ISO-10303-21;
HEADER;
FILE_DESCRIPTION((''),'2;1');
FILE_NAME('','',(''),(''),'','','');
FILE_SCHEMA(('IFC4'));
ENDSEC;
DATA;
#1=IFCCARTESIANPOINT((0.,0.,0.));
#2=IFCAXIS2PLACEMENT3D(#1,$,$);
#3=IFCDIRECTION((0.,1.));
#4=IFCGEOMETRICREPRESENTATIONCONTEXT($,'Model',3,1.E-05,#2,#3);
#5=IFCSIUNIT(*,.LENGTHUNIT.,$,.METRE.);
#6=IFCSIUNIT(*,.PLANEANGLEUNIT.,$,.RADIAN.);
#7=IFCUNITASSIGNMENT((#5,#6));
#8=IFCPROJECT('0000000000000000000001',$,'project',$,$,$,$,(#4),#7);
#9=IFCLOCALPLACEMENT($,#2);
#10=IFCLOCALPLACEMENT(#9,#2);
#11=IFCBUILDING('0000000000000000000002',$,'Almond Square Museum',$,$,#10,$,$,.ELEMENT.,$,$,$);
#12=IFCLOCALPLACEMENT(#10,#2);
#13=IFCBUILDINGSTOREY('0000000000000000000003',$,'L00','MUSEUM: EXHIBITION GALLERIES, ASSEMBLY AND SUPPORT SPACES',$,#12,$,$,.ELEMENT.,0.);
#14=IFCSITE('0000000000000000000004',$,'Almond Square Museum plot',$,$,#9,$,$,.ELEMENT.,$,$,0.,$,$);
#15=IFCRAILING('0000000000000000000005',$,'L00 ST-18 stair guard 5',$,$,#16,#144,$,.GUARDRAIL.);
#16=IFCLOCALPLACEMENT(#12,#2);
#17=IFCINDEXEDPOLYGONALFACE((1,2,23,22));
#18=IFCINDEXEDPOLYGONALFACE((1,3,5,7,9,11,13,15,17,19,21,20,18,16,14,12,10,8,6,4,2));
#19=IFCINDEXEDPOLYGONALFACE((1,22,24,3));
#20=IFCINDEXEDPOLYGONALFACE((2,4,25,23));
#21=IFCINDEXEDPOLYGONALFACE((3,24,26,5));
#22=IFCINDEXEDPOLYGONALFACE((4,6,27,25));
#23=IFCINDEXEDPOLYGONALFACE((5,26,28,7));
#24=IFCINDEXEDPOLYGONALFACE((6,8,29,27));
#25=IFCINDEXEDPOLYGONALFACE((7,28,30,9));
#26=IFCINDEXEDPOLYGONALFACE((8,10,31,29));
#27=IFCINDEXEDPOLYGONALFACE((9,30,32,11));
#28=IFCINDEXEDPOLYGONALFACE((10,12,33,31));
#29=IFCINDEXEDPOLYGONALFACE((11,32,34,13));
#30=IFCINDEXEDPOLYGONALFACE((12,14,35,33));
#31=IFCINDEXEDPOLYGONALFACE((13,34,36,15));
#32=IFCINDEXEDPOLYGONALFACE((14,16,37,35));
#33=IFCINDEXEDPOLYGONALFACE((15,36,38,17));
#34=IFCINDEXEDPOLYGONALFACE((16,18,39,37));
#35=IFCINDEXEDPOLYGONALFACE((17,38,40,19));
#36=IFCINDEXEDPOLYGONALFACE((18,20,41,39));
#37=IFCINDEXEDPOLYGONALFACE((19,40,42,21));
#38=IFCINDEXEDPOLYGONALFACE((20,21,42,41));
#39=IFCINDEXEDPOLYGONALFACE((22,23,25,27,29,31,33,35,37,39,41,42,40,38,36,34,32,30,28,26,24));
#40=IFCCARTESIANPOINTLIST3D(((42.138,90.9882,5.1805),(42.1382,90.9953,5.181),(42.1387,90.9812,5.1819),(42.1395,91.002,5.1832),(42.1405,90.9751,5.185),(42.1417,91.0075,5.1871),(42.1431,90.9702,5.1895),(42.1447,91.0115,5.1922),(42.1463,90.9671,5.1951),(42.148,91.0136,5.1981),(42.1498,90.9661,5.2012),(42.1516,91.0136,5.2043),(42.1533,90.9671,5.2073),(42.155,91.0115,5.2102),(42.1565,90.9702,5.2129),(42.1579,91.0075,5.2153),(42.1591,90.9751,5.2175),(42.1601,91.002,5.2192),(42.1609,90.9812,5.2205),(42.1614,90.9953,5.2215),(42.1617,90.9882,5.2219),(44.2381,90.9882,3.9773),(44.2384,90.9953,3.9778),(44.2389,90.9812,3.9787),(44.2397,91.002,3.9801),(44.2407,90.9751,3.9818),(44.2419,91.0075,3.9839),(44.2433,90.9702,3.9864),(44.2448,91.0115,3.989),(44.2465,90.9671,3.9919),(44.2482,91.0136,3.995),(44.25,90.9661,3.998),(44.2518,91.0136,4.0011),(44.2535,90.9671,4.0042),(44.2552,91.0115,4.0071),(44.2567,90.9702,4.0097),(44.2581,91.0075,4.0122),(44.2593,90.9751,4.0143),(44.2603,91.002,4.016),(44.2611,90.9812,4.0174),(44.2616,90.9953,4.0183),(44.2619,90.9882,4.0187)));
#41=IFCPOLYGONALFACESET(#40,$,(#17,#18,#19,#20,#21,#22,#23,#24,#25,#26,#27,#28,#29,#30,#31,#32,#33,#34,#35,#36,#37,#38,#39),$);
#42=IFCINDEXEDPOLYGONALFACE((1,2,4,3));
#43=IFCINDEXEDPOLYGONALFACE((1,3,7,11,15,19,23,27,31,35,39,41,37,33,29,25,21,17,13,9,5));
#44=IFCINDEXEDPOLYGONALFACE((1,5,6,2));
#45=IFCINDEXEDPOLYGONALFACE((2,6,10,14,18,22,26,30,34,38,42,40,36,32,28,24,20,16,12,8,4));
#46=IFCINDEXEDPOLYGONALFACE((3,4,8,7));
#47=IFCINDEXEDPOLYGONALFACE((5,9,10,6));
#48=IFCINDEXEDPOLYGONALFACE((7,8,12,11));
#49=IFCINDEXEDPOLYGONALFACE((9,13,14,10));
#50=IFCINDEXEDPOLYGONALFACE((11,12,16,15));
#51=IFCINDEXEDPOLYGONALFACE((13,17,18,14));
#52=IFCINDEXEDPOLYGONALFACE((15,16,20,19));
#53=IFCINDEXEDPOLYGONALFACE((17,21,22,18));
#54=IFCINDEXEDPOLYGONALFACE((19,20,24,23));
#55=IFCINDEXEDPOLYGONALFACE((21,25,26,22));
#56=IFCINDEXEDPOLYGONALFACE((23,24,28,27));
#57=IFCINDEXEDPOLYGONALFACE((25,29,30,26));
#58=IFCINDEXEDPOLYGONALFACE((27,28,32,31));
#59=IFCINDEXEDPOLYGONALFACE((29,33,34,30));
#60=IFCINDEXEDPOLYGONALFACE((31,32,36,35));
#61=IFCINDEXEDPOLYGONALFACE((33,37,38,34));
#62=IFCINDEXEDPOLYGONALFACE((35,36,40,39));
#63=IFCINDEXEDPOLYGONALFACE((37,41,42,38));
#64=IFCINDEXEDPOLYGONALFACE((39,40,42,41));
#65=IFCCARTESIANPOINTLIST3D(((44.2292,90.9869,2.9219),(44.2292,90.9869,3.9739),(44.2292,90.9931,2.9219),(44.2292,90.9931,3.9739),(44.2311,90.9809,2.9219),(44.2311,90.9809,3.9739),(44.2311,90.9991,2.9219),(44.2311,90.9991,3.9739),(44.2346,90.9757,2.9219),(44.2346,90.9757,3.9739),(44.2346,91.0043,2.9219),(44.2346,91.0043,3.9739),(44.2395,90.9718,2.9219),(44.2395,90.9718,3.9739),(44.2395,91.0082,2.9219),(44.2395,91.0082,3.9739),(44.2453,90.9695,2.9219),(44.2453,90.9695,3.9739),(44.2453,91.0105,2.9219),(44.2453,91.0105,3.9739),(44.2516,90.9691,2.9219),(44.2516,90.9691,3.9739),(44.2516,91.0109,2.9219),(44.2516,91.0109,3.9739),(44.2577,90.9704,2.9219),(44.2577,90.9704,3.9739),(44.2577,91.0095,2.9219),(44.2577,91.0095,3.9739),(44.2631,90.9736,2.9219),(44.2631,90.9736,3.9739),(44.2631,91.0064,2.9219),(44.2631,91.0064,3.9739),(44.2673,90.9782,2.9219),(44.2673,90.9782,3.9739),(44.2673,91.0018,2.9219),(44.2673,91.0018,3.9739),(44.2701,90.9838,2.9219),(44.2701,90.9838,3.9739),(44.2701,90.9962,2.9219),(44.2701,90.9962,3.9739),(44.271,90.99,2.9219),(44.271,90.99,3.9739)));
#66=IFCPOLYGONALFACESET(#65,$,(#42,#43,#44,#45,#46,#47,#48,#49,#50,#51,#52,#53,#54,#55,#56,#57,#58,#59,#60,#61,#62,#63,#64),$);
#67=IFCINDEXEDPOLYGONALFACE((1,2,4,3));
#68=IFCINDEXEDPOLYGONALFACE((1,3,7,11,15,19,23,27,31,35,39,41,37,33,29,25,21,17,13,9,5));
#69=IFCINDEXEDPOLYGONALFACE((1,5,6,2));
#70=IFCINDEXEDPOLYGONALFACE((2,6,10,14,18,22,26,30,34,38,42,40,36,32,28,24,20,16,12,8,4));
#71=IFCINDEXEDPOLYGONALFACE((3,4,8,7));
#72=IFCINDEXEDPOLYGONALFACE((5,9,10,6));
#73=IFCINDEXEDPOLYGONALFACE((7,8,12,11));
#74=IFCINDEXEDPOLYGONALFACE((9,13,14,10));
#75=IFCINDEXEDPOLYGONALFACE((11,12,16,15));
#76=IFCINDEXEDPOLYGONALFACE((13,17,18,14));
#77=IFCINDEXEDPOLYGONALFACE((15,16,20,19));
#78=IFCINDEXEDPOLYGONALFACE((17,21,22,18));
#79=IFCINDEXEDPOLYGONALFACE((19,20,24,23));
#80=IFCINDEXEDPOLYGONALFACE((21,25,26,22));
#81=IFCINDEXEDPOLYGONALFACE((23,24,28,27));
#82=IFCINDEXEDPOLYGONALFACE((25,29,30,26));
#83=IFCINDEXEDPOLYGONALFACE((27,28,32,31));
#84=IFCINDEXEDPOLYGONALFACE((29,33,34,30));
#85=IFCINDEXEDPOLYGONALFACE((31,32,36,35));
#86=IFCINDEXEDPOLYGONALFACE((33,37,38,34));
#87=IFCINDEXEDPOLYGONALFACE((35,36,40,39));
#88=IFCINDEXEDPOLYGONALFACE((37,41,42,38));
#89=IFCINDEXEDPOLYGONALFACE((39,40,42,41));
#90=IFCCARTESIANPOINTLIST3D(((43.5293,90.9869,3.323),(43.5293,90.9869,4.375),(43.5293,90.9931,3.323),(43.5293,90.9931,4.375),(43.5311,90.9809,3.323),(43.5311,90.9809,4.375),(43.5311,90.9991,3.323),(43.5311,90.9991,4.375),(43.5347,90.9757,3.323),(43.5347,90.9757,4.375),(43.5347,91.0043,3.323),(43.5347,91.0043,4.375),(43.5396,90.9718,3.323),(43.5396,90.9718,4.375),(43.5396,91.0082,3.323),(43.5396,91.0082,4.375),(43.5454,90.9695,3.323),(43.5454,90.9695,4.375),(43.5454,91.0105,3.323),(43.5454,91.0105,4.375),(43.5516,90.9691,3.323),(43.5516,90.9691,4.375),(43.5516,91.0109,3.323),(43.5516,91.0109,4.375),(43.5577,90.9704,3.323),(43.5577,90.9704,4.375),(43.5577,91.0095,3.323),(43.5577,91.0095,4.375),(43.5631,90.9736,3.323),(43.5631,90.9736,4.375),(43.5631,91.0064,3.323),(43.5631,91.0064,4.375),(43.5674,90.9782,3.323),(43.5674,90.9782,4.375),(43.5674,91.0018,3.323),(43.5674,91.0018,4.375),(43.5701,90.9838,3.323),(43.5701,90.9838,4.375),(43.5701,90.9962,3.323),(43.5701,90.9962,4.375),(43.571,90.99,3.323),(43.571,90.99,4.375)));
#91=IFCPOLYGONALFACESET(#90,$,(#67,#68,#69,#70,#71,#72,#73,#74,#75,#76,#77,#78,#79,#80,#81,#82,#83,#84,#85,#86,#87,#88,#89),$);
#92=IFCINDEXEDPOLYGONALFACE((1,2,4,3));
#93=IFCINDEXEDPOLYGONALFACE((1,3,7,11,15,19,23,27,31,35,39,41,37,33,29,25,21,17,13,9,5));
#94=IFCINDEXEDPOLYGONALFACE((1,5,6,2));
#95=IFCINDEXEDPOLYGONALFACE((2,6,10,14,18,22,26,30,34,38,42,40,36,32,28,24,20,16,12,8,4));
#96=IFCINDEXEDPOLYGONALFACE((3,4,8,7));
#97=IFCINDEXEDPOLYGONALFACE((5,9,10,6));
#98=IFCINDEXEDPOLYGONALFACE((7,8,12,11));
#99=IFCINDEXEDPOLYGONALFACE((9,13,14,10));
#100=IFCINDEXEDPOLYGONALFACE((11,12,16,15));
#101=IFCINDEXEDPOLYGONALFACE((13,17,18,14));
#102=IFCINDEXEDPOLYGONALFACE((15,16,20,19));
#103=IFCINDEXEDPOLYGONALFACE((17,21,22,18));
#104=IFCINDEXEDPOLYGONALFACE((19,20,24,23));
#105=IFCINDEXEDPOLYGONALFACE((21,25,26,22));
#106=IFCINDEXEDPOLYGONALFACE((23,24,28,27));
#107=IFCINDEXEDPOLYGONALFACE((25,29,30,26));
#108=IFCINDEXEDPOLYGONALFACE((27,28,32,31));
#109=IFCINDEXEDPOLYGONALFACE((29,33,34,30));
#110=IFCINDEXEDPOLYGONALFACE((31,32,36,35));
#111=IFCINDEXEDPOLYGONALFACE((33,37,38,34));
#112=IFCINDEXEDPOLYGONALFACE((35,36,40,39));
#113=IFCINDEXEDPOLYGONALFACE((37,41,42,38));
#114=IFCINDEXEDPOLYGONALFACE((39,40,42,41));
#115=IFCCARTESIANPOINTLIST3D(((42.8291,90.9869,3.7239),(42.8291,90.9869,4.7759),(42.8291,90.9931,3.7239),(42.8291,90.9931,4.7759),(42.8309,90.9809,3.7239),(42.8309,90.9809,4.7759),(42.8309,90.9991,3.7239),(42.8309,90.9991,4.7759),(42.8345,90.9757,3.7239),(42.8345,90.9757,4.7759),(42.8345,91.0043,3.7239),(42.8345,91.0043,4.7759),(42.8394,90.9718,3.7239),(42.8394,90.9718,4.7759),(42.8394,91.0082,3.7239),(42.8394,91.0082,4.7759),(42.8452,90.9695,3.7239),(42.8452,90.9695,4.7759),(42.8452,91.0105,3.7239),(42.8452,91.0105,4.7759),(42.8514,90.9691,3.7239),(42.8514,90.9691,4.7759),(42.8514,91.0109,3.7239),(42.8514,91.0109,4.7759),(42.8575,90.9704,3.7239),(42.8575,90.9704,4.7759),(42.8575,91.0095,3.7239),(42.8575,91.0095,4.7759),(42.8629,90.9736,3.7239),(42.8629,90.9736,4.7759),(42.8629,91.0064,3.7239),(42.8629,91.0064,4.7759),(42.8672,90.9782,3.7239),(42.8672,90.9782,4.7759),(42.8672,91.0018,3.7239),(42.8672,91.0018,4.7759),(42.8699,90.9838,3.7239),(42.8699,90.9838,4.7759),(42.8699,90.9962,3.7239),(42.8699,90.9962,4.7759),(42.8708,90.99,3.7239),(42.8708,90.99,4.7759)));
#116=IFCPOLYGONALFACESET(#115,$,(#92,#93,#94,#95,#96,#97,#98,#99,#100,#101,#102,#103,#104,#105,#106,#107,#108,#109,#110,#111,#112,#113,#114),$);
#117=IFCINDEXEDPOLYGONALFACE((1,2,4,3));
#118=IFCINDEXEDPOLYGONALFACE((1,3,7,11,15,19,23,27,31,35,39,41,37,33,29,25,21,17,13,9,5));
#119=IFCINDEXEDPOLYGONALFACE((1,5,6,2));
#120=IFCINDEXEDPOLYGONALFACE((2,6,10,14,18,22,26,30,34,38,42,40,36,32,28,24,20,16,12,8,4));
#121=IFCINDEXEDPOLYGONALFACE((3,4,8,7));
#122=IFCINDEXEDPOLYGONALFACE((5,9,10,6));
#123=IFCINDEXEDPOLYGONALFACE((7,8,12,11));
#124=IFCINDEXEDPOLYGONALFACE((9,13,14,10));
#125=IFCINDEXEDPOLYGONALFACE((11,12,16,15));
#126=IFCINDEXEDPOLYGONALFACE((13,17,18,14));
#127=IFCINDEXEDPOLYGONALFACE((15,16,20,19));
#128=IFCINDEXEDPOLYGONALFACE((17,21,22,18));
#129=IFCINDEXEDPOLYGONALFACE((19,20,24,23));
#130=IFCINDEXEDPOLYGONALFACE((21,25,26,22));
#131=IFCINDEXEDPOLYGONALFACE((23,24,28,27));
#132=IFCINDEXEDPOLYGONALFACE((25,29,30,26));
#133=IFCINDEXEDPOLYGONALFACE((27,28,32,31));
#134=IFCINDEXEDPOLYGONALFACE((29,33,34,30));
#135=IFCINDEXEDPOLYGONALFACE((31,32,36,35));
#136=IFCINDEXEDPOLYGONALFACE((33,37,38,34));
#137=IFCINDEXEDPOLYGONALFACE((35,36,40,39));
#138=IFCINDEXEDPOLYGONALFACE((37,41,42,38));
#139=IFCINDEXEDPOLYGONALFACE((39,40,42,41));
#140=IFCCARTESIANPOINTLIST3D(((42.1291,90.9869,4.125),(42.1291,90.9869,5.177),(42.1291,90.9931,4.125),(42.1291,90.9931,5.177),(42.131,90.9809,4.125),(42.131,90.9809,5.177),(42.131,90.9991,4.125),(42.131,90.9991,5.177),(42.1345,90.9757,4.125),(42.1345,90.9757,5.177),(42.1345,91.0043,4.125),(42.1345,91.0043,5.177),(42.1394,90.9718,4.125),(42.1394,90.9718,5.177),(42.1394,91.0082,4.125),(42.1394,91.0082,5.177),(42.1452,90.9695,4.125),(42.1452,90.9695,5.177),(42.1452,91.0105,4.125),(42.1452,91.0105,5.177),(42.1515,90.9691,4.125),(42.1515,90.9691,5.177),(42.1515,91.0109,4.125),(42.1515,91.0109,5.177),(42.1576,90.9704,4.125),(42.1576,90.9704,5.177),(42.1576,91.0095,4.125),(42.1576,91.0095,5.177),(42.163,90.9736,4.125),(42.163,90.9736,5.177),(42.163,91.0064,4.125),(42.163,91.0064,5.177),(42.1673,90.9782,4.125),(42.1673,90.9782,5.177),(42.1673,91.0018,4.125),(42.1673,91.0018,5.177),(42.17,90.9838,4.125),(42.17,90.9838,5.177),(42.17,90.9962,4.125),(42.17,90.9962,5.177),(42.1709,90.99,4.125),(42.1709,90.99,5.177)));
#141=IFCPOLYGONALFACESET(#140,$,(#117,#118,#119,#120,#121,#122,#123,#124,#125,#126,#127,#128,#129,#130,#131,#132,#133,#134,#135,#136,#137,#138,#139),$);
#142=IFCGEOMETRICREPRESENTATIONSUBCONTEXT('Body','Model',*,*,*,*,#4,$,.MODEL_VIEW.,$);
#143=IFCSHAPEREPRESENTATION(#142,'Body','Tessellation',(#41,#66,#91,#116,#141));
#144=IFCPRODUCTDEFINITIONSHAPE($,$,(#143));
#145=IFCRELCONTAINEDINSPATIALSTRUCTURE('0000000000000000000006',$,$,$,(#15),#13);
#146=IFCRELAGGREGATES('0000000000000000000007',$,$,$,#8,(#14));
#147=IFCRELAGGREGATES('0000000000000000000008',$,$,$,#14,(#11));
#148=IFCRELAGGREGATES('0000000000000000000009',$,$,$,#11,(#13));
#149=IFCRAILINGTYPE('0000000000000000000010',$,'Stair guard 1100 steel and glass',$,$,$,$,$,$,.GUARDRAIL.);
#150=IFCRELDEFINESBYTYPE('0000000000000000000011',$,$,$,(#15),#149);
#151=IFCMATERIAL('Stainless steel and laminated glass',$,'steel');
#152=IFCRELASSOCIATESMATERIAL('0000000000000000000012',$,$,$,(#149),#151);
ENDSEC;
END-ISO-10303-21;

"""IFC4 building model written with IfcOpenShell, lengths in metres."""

from ifc_helpers import new_model, si_unit, direction, frame, origin, origin_2d, place, context, subcontext, project, spatial, circle, extrude, material, type_object, element, save


model = new_model("IFC4")

# Units and contexts
model_context = context("Model", 3, precision=1e-05, world=origin(), true_north=direction((0.0, 1.0)))
body_context = subcontext(model_context, "Body", "Model", "MODEL_VIEW")
ifc_project = project(units=[si_unit("LENGTHUNIT", "METRE"), si_unit("PLANEANGLEUNIT", "RADIAN")], contexts=[model_context])

# Site, building, storey
site_placement = place(None, origin())
site = spatial("IfcSite", under=ifc_project, at=site_placement, Name="Almond Square Museum plot", CompositionType="ELEMENT", RefElevation=0.0)
building_placement = place(site_placement, origin())
building = spatial("IfcBuilding", under=site, at=building_placement, Name="Almond Square Museum", CompositionType="ELEMENT")
storey_placement = place(building_placement, origin())
storey = spatial("IfcBuildingStorey", under=building, at=storey_placement, Name="L00", Description="MUSEUM: EXHIBITION GALLERIES, ASSEMBLY AND SUPPORT SPACES", CompositionType="ELEMENT", Elevation=0.0)

# Railing
ifc_material_1 = material(Name="Stainless steel and laminated glass", Category="steel")
railing_type_1 = type_object("IfcRailingType", Name="Stair guard 1100 steel and glass", PredefinedType="GUARDRAIL", material=ifc_material_1)
railing_1_placement = place(storey_placement, frame((44.25, 90.99, 2.9219)))
element("IfcRailing", 1, at=railing_1_placement, inside=storey, type_object=railing_type_1, Name="L00 ST-18 stair guard 5", PredefinedType="GUARDRAIL", context=body_context, shape_type="SweptSolid", body=[
    extrude(circle(Radius=0.0239, at=origin_2d()), frame((0.0, 0.0, 1.0762), z_axis=(-0.867696, 0.0, 0.497095), x_axis=(0.0, -1.0, 0.0)), (0.0, 0.0, 1.0), 2.4204),
    extrude(circle(Radius=0.021, at=origin_2d()), origin(), (0.0, 0.0, 1.0), 1.052),
    extrude(circle(Radius=0.021, at=origin_2d()), frame((-0.7, 0.0, 0.4011)), (0.0, 0.0, 1.0), 1.052),
    extrude(circle(Radius=0.021, at=origin_2d()), frame((-1.4001, 0.0, 0.802)), (0.0, 0.0, 1.0), 1.052),
    extrude(circle(Radius=0.021, at=origin_2d()), frame((-2.1001, 0.0, 1.2031)), (0.0, 0.0, 1.0), 1.052),
])

save(model, "model.ifc")
